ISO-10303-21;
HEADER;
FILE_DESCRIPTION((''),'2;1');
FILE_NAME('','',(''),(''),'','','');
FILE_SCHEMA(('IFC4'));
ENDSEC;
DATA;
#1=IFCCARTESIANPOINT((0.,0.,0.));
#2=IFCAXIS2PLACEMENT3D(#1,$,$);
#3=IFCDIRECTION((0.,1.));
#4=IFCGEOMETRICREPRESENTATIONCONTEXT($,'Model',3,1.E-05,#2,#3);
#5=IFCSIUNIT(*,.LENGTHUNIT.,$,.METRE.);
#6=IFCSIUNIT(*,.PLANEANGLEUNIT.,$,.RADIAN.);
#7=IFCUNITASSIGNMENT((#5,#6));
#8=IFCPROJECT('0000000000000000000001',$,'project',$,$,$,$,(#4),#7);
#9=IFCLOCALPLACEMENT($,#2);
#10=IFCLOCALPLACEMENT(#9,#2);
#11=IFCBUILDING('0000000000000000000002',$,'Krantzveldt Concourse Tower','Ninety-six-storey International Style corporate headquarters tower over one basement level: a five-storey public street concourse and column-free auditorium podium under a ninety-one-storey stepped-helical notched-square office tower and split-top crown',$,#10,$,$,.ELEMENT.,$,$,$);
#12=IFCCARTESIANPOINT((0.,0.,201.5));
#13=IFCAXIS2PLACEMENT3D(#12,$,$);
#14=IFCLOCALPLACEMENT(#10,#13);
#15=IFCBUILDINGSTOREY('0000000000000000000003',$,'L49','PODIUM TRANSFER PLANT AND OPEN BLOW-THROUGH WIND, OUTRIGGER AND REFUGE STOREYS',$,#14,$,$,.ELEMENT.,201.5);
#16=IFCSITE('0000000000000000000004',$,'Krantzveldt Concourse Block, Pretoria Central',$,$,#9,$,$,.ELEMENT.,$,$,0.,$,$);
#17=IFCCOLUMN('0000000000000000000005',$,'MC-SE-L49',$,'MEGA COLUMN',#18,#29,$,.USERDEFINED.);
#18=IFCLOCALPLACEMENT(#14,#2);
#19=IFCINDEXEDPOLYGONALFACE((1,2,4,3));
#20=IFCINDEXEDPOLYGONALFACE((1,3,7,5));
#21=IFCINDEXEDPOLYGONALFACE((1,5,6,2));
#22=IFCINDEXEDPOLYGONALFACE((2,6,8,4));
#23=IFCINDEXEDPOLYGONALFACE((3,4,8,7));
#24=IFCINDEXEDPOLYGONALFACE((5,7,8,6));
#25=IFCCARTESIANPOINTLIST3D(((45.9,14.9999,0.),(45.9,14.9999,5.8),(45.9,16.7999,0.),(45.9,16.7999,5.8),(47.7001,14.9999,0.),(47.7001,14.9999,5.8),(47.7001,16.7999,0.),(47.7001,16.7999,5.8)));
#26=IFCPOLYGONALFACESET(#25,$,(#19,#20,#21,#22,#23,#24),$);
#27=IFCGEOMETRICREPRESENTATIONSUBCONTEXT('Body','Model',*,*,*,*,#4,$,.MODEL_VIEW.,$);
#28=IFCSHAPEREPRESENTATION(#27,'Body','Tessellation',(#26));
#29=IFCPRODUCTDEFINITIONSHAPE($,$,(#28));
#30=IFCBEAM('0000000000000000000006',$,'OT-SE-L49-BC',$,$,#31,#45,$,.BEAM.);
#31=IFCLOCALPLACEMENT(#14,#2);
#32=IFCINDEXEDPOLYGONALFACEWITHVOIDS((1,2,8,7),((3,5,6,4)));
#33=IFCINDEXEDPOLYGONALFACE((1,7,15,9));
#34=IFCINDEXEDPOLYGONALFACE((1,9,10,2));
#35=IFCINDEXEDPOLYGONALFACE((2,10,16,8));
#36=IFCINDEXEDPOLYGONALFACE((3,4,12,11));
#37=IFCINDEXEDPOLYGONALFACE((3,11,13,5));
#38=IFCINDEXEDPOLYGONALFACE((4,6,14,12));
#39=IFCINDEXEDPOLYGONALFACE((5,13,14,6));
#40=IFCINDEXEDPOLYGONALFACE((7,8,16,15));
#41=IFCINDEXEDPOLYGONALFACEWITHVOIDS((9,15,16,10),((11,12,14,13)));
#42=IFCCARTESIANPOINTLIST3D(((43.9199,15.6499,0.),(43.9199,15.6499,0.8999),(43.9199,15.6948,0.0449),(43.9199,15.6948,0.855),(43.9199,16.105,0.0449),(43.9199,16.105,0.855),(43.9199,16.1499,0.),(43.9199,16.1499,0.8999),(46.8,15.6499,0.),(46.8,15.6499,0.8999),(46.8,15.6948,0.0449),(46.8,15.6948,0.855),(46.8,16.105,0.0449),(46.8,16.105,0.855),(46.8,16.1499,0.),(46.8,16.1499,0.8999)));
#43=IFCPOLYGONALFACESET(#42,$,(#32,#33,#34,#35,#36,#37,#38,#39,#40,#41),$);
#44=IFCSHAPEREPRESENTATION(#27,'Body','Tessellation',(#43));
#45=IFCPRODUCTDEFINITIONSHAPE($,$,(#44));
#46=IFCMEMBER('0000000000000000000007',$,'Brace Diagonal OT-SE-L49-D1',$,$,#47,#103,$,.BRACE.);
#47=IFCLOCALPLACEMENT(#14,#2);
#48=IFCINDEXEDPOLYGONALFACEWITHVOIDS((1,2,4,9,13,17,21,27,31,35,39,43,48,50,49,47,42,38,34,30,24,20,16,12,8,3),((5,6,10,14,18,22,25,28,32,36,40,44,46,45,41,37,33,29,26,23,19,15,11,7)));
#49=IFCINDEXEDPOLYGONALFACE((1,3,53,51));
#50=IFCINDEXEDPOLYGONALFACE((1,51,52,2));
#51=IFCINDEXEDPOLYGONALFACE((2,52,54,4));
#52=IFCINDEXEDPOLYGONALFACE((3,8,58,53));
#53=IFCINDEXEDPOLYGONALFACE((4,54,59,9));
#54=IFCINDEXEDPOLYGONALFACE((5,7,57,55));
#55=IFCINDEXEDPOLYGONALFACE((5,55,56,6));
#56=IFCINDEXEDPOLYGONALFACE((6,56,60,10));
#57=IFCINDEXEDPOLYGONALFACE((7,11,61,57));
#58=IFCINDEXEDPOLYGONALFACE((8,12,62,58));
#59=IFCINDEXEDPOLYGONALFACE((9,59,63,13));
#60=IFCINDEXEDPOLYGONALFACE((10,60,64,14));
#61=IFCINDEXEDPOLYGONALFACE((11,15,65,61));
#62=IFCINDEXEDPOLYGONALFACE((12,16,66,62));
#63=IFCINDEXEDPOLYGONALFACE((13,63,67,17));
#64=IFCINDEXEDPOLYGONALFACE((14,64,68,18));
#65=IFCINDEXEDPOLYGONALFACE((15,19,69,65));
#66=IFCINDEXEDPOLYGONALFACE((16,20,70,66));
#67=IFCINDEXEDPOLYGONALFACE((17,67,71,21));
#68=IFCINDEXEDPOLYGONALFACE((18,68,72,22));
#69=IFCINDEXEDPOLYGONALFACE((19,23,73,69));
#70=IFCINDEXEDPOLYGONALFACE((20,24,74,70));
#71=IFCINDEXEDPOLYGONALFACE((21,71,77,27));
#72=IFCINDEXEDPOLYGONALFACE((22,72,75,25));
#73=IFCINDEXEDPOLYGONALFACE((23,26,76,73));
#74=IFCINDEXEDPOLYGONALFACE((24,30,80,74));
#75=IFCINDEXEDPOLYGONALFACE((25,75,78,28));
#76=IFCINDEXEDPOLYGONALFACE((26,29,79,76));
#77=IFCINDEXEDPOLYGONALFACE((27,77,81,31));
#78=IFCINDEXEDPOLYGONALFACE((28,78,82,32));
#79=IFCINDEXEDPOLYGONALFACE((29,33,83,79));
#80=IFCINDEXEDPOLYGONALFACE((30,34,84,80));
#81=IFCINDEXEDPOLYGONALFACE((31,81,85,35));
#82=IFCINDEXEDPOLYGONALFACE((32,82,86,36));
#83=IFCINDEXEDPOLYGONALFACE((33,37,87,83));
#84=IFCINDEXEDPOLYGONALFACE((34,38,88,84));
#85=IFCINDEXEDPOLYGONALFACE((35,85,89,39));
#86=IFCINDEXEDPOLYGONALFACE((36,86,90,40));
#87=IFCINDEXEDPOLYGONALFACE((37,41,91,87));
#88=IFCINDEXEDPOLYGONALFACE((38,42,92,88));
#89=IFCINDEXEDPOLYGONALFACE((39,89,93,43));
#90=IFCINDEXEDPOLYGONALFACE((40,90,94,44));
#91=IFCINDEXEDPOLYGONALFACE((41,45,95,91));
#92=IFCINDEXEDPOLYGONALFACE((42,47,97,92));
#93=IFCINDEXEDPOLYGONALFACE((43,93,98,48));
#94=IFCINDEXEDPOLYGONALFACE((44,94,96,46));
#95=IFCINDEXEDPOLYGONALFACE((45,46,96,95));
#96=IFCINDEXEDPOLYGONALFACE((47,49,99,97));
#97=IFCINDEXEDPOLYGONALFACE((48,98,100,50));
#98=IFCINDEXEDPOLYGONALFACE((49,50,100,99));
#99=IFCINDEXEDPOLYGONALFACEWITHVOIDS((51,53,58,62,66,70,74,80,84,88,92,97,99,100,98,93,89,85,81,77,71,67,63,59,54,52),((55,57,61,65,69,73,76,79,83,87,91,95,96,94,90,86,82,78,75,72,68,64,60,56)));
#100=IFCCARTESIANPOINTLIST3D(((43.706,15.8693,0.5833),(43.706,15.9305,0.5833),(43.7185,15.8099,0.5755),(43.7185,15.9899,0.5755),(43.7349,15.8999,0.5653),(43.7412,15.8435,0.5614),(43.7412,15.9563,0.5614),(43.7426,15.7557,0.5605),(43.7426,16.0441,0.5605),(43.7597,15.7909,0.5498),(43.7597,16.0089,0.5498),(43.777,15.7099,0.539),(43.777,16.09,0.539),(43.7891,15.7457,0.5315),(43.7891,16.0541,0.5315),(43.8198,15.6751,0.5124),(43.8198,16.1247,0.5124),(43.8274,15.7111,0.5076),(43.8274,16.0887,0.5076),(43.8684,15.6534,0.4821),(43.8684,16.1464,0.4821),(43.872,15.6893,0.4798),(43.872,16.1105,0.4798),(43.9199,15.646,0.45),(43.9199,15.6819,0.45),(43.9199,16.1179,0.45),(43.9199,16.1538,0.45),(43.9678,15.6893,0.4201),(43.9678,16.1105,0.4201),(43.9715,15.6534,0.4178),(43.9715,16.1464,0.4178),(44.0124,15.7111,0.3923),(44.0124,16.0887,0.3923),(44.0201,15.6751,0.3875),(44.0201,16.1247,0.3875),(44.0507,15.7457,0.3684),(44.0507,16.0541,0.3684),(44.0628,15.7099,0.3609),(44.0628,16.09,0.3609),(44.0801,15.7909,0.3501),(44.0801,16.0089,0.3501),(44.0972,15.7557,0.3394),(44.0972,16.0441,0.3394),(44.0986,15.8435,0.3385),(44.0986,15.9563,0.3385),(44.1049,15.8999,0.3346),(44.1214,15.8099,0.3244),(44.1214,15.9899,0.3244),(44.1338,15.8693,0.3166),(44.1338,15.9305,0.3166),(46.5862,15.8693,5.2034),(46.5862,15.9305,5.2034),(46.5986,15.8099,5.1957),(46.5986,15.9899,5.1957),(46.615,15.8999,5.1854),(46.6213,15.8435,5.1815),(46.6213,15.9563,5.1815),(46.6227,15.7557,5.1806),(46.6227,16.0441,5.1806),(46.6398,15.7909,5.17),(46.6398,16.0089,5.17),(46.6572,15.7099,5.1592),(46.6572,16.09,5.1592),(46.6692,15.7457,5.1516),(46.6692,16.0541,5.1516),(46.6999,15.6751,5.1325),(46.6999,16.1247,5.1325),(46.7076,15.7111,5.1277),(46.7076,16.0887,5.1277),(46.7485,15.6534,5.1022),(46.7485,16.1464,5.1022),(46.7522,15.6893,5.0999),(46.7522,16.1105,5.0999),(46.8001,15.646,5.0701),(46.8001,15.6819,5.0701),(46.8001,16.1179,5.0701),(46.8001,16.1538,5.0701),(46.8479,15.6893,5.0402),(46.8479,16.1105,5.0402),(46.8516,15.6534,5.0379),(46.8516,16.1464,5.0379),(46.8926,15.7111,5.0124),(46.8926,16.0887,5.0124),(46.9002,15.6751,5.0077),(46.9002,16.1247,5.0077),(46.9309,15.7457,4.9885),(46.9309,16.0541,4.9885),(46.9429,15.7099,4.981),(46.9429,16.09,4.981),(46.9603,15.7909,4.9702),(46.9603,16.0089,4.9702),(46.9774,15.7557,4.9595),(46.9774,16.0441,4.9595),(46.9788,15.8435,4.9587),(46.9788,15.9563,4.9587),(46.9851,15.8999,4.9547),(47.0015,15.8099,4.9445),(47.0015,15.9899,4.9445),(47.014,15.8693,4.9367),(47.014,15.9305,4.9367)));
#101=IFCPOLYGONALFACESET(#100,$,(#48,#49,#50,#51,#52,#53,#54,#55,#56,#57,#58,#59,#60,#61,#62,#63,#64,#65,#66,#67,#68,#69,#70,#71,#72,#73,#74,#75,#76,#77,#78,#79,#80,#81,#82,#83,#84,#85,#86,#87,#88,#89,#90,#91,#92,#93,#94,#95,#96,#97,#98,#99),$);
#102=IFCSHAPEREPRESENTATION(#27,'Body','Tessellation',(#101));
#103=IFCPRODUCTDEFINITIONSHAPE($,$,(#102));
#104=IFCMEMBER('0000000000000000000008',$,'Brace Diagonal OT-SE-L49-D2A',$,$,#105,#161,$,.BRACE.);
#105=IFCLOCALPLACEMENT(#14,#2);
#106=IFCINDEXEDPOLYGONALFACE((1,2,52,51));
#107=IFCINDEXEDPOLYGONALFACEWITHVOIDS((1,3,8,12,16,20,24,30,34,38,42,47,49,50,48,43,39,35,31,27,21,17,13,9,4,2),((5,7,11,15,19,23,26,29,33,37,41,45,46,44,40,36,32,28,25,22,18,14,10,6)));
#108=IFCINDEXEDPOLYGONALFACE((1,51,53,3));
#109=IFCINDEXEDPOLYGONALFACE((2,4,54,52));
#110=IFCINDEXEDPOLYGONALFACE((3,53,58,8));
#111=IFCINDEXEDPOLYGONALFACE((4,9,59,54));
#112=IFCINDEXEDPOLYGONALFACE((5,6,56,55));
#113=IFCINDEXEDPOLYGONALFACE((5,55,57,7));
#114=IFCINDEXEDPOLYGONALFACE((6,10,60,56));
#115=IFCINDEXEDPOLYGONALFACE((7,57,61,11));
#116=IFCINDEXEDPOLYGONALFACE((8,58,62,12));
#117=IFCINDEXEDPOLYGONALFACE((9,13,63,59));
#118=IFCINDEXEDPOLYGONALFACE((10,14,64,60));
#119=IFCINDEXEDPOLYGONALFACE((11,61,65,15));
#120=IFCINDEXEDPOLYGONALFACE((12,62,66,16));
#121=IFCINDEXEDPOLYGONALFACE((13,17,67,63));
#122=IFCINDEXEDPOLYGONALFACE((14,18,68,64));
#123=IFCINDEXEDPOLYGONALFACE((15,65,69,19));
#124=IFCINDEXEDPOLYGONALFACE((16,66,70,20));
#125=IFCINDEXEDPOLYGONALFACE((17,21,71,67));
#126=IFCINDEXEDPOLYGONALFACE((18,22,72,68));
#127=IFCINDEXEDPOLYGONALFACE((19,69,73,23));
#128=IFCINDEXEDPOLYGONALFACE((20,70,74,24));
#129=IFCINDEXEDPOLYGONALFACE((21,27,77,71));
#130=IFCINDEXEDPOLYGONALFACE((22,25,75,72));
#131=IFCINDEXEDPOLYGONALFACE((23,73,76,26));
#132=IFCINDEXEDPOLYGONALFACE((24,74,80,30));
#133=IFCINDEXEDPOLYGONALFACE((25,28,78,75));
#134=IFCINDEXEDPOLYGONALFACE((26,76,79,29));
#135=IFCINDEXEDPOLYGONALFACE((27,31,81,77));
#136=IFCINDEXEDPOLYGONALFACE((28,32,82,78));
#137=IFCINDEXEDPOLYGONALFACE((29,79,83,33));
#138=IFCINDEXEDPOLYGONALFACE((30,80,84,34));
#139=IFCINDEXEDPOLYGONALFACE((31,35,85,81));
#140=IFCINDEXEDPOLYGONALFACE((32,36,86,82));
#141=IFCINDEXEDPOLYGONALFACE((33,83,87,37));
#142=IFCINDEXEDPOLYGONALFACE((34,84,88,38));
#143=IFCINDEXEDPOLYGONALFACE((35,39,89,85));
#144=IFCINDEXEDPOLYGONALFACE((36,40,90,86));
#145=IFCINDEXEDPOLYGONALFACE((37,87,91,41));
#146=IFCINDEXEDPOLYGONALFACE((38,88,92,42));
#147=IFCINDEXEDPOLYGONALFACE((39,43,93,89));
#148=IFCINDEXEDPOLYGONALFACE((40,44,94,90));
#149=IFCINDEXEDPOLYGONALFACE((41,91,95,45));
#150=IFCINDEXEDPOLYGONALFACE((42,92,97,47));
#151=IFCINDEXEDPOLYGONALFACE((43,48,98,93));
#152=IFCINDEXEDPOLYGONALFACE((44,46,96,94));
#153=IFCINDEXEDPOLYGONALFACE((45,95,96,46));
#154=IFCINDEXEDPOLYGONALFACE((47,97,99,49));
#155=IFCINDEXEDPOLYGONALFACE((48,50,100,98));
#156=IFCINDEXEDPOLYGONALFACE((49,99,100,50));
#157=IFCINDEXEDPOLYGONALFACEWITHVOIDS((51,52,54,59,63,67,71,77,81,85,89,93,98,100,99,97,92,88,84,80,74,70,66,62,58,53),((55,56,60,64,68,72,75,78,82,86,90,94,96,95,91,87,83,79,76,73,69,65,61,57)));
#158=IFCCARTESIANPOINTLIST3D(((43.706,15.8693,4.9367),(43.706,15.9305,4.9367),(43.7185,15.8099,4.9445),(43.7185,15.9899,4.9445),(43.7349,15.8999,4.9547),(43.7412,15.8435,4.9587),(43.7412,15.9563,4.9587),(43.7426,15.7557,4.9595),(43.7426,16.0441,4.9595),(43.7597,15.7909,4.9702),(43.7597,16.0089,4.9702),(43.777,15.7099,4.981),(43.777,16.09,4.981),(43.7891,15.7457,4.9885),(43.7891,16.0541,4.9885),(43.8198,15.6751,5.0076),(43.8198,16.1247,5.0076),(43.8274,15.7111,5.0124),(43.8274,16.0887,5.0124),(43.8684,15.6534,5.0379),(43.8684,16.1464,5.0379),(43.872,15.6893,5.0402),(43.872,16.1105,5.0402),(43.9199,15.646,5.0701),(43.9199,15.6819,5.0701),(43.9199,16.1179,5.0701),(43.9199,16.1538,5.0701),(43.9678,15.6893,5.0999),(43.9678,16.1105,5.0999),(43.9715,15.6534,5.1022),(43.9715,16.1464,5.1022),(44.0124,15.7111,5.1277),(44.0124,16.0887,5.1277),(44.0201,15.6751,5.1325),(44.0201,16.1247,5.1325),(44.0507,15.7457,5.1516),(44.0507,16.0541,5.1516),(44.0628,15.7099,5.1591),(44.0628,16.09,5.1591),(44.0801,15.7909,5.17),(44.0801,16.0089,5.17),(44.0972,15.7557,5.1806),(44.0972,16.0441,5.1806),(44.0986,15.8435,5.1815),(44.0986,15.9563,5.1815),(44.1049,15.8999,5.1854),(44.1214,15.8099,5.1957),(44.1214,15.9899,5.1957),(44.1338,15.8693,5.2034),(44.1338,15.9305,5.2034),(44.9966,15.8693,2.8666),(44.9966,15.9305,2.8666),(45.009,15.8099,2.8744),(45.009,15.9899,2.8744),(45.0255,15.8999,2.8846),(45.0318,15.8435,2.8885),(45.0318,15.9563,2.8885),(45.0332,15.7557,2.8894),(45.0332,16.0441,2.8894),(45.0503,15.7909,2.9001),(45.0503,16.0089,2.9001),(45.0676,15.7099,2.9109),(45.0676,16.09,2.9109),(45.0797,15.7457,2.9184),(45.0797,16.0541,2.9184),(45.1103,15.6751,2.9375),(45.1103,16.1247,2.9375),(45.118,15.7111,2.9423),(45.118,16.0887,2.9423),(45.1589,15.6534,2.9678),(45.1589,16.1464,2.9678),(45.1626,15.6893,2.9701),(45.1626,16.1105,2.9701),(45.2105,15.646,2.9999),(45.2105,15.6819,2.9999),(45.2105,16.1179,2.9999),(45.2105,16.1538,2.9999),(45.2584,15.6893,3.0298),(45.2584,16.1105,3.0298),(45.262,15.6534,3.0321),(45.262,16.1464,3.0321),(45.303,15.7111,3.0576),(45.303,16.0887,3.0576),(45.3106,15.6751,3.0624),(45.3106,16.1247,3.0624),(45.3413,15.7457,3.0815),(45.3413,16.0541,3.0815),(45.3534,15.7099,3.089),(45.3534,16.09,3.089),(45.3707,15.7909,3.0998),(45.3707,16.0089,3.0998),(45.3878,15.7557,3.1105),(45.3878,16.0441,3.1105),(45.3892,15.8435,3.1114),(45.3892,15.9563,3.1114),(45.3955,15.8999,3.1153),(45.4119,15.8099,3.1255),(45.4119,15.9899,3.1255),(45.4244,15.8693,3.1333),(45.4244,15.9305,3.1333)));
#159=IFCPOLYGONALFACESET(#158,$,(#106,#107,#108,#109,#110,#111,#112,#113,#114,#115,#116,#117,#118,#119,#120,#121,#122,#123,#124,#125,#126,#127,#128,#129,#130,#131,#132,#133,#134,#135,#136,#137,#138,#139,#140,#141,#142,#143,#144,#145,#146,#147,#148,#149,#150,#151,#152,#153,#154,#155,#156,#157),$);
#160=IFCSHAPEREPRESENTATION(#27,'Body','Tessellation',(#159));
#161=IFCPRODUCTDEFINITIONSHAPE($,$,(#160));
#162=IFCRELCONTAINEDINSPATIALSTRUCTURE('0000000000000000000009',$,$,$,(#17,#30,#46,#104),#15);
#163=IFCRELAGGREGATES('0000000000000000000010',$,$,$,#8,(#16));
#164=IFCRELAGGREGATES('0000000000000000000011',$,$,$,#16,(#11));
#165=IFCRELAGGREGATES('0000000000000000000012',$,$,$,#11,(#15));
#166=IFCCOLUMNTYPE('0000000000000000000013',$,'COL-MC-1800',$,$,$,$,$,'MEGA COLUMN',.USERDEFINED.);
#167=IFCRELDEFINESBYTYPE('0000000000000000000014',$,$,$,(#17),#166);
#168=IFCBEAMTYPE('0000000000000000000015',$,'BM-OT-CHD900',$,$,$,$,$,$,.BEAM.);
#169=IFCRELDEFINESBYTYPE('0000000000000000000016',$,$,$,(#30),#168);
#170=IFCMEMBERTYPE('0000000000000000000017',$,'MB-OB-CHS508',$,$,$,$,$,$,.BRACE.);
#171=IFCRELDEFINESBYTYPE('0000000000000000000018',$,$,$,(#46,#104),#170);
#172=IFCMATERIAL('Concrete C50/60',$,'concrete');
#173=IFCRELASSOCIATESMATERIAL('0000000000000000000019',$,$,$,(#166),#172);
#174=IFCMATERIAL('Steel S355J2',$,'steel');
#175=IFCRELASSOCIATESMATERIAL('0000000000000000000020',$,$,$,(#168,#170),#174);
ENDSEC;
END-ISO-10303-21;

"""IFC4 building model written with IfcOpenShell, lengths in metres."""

from ifc_helpers import new_model, si_unit, direction, frame, origin, origin_2d, place, context, subcontext, project, spatial, rectangle, hollow_rectangle, hollow_circle, extrude, source, transform, mapped, material, material_profile, profile_set, type_object, type_shapes, element, save


model = new_model("IFC4")

# Units and contexts
model_context = context("Model", 3, precision=1e-05, world=origin(), true_north=direction((0.0, 1.0)))
body_context = subcontext(model_context, "Body", "Model", "MODEL_VIEW")
ifc_project = project(units=[si_unit("LENGTHUNIT", "METRE"), si_unit("PLANEANGLEUNIT", "RADIAN")], contexts=[model_context])

# Site, building, storey
site_placement = place(None, origin())
site = spatial("IfcSite", under=ifc_project, at=site_placement, Name="Krantzveldt Concourse Block, Pretoria Central", CompositionType="ELEMENT", RefElevation=0.0)
building_placement = place(site_placement, origin())
building = spatial("IfcBuilding", under=site, at=building_placement, Name="Krantzveldt Concourse Tower", Description="Ninety-six-storey International Style corporate headquarters tower over one basement level: a five-storey public street concourse and column-free auditorium podium under a ninety-one-storey stepped-helical notched-square office tower and split-top crown", CompositionType="ELEMENT")
storey_placement = place(building_placement, frame((0.0, 0.0, 201.5)))
storey = spatial("IfcBuildingStorey", under=building, at=storey_placement, Name="L49", Description="PODIUM TRANSFER PLANT AND OPEN BLOW-THROUGH WIND, OUTRIGGER AND REFUGE STOREYS", CompositionType="ELEMENT", Elevation=201.5)

# Column
ifc_material_1 = material(Name="Concrete C50/60", Category="concrete")
ifc_material_profile_1 = material_profile(ifc_material_1, rectangle(XDim=1.8, YDim=1.8, at=origin_2d()), Name="Concrete C50/60", Category="concrete")
ifc_profile_set_1 = profile_set([ifc_material_profile_1], Name="Concrete C50/60 - RC 1800x1800")
column_type = type_object("IfcColumnType", Name="COL-MC-1800", ElementType="MEGA COLUMN", PredefinedType="USERDEFINED", material=ifc_profile_set_1)
shared_shape_1 = source(origin(), body_context, "Body", "SweptSolid", [
    extrude(rectangle(XDim=1.8, YDim=1.8, at=origin_2d()), origin(), (0.0, 0.0, 1.0), 5.8),
])
type_shapes(column_type, [shared_shape_1])
column_placement = place(storey_placement, frame((46.8, 15.8999, 0.0), z_axis=(0.0, 0.0, 1.0), x_axis=(1.0, 0.0, 0.0)))
element("IfcColumn", 1, at=column_placement, inside=storey, type_object=column_type, Name="MC-SE-L49", ObjectType="MEGA COLUMN", PredefinedType="USERDEFINED", context=body_context, shape_type="MappedRepresentation", body=[
    mapped(shared_shape_1, transform((0.0, 0.0, 0.0), x_axis=(1.0, 0.0, 0.0), y_axis=(0.0, 1.0, 0.0), z_axis=(0.0, 0.0, 1.0), scale=1.0)),
])

# Beam
ifc_material_2 = material(Name="Steel S355J2", Category="steel")
ifc_material_profile_2 = material_profile(ifc_material_2, hollow_rectangle(XDim=0.5, YDim=0.8999, WallThickness=0.0449, at=origin_2d()), Name="Steel S355J2", Category="steel")
ifc_profile_set_2 = profile_set([ifc_material_profile_2], Name="Steel S355J2 - RHS 900x500x45")
beam_type_1 = type_object("IfcBeamType", Name="BM-OT-CHD900", PredefinedType="BEAM", material=ifc_profile_set_2)
shared_shape_2 = source(origin(), body_context, "Body", "SweptSolid", [
    extrude(hollow_rectangle(XDim=0.5, YDim=0.8999, WallThickness=0.0449, at=origin_2d()), origin(), (0.0, 0.0, 1.0), 2.8801),
])
type_shapes(beam_type_1, [shared_shape_2])
beam_1_placement = place(storey_placement, frame((43.9199, 15.8999, 0.45), z_axis=(1.0, 0.0, 0.0), x_axis=(0.0, 1.0, 0.0)))
element("IfcBeam", 2, at=beam_1_placement, inside=storey, type_object=beam_type_1, Name="OT-SE-L49-BC", PredefinedType="BEAM", context=body_context, shape_type="MappedRepresentation", body=[
    mapped(shared_shape_2, transform((0.0, 0.0, 0.0), x_axis=(1.0, 0.0, 0.0), y_axis=(0.0, 1.0, 0.0), z_axis=(0.0, 0.0, 1.0), scale=1.0)),
])

# Members
ifc_material_profile_3 = material_profile(ifc_material_2, hollow_circle(Radius=0.2539, WallThickness=0.0359, at=origin_2d()), Name="Steel S355J2", Category="steel")
ifc_profile_set_3 = profile_set([ifc_material_profile_3], Name="Steel S355J2 - CHS 508x36")
member_type = type_object("IfcMemberType", Name="MB-OB-CHS508", PredefinedType="BRACE", material=ifc_profile_set_3)
shared_shape_3 = source(origin(), body_context, "Body", "SweptSolid", [
    extrude(hollow_circle(Radius=0.2539, WallThickness=0.0359, at=origin_2d()), origin(), (0.0, 0.0, 1.0), 5.4443),
])
member_1_placement = place(storey_placement, frame((43.9199, 15.8999, 0.45), z_axis=(0.529015, 0.0, 0.848612), x_axis=(0.0, 1.0, 0.0)))
element("IfcMember", 3, at=member_1_placement, inside=storey, type_object=member_type, Name="Brace Diagonal OT-SE-L49-D1", PredefinedType="BRACE", context=body_context, shape_type="MappedRepresentation", body=[
    mapped(shared_shape_3, transform((0.0, 0.0, 0.0), x_axis=(1.0, 0.0, 0.0), y_axis=(0.0, 1.0, 0.0), z_axis=(0.0, 0.0, 1.0), scale=1.0)),
])
shared_shape_4 = source(origin(), body_context, "Body", "SweptSolid", [
    extrude(hollow_circle(Radius=0.2539, WallThickness=0.0359, at=origin_2d()), origin(), (0.0, 0.0, 1.0), 2.4395),
])
member_2_placement = place(storey_placement, frame((43.9199, 15.8999, 5.0701), z_axis=(0.529036, 0.0, -0.848599), x_axis=(0.0, 1.0, 0.0)))
element("IfcMember", 4, at=member_2_placement, inside=storey, type_object=member_type, Name="Brace Diagonal OT-SE-L49-D2A", PredefinedType="BRACE", context=body_context, shape_type="MappedRepresentation", body=[
    mapped(shared_shape_4, transform((0.0, 0.0, 0.0), x_axis=(1.0, 0.0, 0.0), y_axis=(0.0, 1.0, 0.0), z_axis=(0.0, 0.0, 1.0), scale=1.0)),
])

save(model, "model.ifc")
